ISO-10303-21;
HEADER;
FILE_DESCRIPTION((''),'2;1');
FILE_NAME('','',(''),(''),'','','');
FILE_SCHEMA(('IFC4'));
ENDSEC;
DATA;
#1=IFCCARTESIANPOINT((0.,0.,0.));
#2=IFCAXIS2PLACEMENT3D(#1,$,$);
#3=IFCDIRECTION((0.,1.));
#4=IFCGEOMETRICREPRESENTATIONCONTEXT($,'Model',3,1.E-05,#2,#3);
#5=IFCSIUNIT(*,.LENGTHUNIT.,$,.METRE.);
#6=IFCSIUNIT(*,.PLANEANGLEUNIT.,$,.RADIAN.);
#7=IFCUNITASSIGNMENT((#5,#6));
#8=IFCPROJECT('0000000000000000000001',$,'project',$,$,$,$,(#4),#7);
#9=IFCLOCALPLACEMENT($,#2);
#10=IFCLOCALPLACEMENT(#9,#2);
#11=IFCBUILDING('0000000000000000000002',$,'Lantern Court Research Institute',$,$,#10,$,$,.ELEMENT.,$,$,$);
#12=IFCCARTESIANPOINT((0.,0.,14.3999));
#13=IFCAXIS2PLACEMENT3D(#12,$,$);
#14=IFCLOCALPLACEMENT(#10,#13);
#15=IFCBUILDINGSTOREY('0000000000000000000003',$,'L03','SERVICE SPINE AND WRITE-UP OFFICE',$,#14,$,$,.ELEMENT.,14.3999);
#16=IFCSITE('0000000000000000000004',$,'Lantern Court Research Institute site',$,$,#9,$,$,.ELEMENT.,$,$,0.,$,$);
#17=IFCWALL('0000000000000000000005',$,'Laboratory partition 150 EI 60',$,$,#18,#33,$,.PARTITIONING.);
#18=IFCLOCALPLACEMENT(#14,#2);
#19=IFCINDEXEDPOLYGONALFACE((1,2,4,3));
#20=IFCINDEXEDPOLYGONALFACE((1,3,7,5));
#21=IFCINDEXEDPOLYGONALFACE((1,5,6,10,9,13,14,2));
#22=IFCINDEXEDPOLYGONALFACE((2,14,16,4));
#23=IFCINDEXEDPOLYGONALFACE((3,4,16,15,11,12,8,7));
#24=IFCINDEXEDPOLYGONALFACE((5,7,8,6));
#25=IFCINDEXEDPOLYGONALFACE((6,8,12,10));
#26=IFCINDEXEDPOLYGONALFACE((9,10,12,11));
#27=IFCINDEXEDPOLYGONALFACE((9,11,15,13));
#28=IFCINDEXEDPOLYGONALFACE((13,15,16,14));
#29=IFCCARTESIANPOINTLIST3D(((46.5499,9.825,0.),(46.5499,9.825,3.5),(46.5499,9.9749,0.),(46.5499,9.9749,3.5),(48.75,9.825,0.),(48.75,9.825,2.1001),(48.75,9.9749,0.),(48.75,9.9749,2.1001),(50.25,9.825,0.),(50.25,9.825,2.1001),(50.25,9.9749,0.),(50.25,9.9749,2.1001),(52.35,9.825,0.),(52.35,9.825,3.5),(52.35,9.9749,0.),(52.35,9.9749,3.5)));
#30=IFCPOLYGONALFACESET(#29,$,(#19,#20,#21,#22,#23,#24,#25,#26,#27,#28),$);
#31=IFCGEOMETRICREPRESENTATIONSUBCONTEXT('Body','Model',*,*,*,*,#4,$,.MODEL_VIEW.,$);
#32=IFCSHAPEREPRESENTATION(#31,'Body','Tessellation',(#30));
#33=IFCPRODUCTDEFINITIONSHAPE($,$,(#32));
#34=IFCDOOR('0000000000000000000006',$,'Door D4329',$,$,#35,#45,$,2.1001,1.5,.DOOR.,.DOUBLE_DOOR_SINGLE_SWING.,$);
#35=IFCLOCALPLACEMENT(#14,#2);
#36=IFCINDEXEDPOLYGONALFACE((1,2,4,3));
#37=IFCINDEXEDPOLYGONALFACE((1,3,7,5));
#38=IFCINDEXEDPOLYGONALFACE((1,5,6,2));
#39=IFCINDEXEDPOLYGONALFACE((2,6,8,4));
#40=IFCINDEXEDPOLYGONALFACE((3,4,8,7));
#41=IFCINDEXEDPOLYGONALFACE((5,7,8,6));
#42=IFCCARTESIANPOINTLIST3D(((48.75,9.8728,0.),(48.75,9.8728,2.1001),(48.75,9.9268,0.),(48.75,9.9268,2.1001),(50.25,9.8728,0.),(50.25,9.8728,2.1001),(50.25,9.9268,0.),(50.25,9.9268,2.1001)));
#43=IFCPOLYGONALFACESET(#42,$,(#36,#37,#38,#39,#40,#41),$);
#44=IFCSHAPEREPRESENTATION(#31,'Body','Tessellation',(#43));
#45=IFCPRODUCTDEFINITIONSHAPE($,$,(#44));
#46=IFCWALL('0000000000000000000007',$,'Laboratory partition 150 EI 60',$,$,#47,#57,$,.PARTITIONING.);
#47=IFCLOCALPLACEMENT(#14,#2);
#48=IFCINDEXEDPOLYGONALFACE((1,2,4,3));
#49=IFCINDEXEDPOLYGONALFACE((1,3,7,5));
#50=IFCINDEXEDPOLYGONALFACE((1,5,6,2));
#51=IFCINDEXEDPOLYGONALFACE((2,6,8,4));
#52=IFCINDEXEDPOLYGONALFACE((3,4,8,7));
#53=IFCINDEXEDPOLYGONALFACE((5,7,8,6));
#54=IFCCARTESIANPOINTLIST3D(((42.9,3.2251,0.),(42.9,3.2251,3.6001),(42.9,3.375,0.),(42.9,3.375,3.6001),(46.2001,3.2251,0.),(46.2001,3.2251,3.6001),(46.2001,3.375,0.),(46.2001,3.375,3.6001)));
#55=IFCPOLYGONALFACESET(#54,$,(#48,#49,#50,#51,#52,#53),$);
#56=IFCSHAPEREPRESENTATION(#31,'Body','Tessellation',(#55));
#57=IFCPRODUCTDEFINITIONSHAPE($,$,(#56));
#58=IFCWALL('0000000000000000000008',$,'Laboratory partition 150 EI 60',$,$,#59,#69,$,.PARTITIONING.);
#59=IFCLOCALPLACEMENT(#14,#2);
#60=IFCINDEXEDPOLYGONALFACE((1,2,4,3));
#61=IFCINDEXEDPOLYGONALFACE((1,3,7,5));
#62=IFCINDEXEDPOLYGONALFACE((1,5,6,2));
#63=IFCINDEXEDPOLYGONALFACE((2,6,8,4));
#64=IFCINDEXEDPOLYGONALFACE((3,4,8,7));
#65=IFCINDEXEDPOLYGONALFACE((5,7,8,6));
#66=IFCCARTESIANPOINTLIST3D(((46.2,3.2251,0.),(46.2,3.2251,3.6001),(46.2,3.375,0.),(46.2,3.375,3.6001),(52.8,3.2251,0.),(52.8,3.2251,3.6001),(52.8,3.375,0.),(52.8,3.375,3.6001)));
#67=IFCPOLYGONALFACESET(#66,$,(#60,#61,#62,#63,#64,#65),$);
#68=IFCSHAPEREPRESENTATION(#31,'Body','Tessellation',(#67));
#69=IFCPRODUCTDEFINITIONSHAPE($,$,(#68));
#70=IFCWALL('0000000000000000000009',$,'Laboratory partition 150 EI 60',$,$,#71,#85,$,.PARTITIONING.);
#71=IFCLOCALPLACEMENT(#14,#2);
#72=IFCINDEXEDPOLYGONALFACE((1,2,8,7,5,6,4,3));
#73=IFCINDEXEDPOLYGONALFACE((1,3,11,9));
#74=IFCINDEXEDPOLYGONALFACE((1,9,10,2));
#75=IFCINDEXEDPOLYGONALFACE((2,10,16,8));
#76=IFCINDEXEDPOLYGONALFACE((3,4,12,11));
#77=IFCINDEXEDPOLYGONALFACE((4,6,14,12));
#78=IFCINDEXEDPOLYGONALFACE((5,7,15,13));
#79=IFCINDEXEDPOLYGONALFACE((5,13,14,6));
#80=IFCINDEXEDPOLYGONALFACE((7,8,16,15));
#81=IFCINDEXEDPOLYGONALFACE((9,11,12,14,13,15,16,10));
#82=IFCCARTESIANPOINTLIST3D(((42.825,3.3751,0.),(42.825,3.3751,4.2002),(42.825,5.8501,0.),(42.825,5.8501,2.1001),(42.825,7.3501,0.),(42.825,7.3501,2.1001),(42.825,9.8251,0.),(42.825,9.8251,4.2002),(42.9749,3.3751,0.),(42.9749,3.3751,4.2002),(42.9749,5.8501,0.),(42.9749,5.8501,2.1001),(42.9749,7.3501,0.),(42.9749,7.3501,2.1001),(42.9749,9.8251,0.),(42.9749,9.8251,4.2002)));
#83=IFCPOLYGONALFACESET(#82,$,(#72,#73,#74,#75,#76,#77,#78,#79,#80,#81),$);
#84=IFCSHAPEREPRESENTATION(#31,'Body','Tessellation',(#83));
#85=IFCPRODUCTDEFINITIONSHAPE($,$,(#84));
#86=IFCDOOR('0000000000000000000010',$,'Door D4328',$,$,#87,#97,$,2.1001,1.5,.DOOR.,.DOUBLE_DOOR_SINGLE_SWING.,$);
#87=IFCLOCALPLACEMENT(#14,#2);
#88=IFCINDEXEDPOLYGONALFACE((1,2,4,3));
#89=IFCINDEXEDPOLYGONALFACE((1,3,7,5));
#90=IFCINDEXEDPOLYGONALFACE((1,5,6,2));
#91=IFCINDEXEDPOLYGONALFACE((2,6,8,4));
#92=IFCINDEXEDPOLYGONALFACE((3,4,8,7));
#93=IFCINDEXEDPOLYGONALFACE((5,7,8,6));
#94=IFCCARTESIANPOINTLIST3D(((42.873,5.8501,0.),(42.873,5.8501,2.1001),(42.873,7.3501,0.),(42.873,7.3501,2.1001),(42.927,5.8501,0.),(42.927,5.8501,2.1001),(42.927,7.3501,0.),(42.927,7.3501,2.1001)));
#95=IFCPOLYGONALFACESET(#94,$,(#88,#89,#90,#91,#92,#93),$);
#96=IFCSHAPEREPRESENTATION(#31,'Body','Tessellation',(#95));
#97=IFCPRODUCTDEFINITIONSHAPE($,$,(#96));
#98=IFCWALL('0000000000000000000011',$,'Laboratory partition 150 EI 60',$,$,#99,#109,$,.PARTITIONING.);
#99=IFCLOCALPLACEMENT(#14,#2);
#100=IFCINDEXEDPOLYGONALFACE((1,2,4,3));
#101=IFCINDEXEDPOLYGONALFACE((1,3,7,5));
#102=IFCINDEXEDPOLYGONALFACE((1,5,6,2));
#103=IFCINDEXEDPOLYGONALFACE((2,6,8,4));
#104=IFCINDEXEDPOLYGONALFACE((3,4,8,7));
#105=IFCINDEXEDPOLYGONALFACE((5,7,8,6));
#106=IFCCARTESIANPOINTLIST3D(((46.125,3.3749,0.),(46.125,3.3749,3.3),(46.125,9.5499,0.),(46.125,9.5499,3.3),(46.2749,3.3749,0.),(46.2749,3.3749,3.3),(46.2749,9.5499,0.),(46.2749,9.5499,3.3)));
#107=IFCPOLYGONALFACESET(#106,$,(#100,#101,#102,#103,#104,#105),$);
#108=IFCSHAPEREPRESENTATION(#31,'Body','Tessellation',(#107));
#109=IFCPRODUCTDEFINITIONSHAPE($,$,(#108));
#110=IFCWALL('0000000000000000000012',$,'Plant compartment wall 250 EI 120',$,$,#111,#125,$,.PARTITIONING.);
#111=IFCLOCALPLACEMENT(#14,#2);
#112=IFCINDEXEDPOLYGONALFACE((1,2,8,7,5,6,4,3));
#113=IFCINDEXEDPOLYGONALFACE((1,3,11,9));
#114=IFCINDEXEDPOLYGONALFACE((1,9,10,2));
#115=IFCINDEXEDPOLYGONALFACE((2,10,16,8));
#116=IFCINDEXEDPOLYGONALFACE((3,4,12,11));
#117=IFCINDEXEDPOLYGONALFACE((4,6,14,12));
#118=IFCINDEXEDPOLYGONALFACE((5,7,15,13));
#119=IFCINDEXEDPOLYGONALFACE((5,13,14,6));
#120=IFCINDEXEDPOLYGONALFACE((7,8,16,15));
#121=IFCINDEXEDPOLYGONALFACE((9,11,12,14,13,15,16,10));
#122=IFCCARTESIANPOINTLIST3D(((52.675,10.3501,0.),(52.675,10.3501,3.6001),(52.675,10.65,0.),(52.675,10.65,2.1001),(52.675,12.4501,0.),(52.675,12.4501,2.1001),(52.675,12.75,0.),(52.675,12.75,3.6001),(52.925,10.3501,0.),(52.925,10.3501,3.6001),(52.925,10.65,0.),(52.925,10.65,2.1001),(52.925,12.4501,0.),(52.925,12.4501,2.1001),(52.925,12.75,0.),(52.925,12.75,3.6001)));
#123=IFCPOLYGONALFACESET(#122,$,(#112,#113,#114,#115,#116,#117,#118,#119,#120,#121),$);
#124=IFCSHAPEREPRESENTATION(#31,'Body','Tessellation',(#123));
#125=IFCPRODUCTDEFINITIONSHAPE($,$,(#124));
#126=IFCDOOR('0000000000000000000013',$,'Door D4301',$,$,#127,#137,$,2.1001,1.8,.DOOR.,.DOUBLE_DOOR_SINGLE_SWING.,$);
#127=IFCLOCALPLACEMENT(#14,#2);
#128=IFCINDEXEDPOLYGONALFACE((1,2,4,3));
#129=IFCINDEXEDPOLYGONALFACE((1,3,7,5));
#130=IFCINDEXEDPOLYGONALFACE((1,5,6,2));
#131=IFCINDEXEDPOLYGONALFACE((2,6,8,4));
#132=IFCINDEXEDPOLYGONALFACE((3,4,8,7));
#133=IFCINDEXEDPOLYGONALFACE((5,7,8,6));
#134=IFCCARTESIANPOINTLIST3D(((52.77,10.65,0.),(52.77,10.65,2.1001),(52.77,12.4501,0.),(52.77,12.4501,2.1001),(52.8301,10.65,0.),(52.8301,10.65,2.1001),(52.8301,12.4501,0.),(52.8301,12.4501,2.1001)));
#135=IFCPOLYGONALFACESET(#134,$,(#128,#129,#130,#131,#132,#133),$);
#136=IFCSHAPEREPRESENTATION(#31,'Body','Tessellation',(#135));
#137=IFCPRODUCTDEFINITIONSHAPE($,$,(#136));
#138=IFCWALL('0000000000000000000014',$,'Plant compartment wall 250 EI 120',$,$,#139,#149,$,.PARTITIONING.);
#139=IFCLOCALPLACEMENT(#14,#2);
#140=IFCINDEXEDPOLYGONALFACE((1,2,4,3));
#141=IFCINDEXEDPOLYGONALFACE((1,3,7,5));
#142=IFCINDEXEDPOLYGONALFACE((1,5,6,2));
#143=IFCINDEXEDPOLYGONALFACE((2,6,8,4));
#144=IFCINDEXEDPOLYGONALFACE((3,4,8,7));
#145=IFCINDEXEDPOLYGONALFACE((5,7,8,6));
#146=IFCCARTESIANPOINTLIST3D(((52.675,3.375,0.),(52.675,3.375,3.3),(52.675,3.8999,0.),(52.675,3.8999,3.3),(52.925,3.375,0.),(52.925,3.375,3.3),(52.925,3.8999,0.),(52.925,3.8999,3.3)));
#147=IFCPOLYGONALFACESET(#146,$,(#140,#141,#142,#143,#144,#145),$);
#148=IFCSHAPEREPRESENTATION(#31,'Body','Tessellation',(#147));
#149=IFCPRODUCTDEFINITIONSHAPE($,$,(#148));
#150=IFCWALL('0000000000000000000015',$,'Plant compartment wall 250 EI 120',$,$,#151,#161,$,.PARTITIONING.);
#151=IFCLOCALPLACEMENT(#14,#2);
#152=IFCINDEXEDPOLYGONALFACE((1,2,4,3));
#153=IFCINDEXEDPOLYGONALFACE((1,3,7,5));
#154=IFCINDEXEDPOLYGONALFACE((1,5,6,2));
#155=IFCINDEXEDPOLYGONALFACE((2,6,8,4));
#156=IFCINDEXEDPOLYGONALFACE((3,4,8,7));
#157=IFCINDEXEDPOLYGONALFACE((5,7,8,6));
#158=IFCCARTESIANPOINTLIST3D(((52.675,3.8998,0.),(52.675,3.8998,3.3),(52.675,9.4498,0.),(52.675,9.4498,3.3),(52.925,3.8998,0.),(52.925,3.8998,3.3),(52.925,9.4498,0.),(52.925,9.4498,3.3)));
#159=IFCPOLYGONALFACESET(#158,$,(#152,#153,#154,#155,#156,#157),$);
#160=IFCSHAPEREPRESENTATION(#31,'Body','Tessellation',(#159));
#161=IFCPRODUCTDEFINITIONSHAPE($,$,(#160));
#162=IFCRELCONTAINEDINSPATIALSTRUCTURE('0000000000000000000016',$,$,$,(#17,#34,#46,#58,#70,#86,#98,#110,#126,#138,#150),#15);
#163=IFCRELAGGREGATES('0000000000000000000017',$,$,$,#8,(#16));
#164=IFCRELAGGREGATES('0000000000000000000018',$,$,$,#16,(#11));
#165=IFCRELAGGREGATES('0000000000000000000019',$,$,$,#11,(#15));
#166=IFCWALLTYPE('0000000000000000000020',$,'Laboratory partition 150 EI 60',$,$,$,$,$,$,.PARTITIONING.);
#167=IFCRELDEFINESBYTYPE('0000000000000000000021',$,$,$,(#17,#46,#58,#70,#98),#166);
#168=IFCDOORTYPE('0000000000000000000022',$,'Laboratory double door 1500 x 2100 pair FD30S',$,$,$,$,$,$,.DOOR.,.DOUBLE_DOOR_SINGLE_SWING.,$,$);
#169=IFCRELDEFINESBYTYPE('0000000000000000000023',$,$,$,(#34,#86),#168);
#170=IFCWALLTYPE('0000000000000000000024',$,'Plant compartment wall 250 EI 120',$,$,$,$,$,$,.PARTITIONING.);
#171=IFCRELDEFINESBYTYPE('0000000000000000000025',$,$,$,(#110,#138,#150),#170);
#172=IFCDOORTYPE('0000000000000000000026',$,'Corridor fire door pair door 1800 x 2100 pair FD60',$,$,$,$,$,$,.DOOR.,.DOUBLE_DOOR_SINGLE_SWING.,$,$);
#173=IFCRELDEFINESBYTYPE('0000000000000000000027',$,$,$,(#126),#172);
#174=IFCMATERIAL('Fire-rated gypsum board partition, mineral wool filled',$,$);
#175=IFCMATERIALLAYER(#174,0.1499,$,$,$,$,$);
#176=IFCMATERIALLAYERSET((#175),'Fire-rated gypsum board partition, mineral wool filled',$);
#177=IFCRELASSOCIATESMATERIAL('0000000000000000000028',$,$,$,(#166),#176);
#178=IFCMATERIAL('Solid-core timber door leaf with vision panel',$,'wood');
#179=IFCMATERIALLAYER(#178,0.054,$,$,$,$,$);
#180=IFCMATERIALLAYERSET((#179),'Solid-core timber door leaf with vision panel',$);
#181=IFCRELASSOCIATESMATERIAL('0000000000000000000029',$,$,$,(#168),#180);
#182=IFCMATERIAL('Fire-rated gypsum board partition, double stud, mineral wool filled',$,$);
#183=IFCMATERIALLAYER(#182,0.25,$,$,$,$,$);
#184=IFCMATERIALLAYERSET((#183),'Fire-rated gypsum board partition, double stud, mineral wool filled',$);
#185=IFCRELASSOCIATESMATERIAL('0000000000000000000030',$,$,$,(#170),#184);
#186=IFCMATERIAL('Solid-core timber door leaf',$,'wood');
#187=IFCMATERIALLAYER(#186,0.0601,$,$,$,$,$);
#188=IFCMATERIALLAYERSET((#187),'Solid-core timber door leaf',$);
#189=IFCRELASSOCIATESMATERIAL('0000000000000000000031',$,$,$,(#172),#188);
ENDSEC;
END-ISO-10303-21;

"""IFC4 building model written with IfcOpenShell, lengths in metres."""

from ifc_helpers import new_model, si_unit, direction, frame, frame_2d, origin, place, context, subcontext, project, spatial, rectangle, extrude, material, layer, layer_set, type_object, element, fill, save


model = new_model("IFC4")

# Units and contexts
model_context = context("Model", 3, precision=1e-05, world=origin(), true_north=direction((0.0, 1.0)))
body_context = subcontext(model_context, "Body", "Model", "MODEL_VIEW")
ifc_project = project(units=[si_unit("LENGTHUNIT", "METRE"), si_unit("PLANEANGLEUNIT", "RADIAN")], contexts=[model_context])

# Site, building, storey
site_placement = place(None, origin())
site = spatial("IfcSite", under=ifc_project, at=site_placement, Name="Lantern Court Research Institute site", CompositionType="ELEMENT", RefElevation=0.0)
building_placement = place(site_placement, origin())
building = spatial("IfcBuilding", under=site, at=building_placement, Name="Lantern Court Research Institute", CompositionType="ELEMENT")
storey_placement = place(building_placement, frame((0.0, 0.0, 14.3999)))
storey = spatial("IfcBuildingStorey", under=building, at=storey_placement, Name="L03", Description="SERVICE SPINE AND WRITE-UP OFFICE", CompositionType="ELEMENT", Elevation=14.3999)

# Shared definitions
ifc_material_1 = material(Name="Fire-rated gypsum board partition, mineral wool filled")
ifc_layer_1 = layer(ifc_material_1, 0.1499)
ifc_layer_set_1 = layer_set([ifc_layer_1], Name="Fire-rated gypsum board partition, mineral wool filled")
wall_type_1 = type_object("IfcWallType", Name="Laboratory partition 150 EI 60", PredefinedType="PARTITIONING", material=ifc_layer_set_1)

# Wall, opening, door
wall_1_placement = place(storey_placement, frame((46.55, 9.8999, 0.0), z_axis=(0.0, 0.0, 1.0), x_axis=(1.0, 0.0, 0.0)))
wall_1 = element("IfcWall", 1, at=wall_1_placement, inside=storey, type_object=wall_type_1, Name="Laboratory partition 150 EI 60", PredefinedType="PARTITIONING", context=body_context, shape_type="SweptSolid", body=[
    extrude(rectangle(XDim=5.8, YDim=0.1499, at=frame_2d((2.8999, 0.0))), origin(), (0.0, 0.0, 1.0), 3.5),
])
opening_1_placement = place(wall_1_placement, frame((2.2, 0.0, 0.0)))
opening_1 = element("IfcOpeningElement", 2, at=opening_1_placement, cuts=wall_1, PredefinedType="OPENING", context=body_context, shape_type="SweptSolid", body=[
    extrude(rectangle(XDim=1.5, YDim=2.1001, at=frame_2d((0.75, 1.05))), frame((0.0, 0.085, 0.0), z_axis=(0.0, -1.0, 0.0), x_axis=(1.0, 0.0, 0.0)), (0.0, 0.0, 1.0), 0.1699),
])
ifc_material_2 = material(Name="Solid-core timber door leaf with vision panel", Category="wood")
ifc_layer_2 = layer(ifc_material_2, 0.054)
ifc_layer_set_2 = layer_set([ifc_layer_2], Name="Solid-core timber door leaf with vision panel")
door_type_1 = type_object("IfcDoorType", Name="Laboratory double door 1500 x 2100 pair FD30S", OperationType="DOUBLE_DOOR_SINGLE_SWING", PredefinedType="DOOR", material=ifc_layer_set_2)
door_1_placement = place(opening_1_placement, origin())
door_1 = element("IfcDoor", 3, at=door_1_placement, inside=storey, type_object=door_type_1, Name="Door D4329", OperationType="DOUBLE_DOOR_SINGLE_SWING", OverallHeight=2.1001, OverallWidth=1.5, PredefinedType="DOOR", context=body_context, shape_type="SweptSolid", body=[
    extrude(rectangle(XDim=1.5, YDim=2.1001, at=frame_2d((0.75, 1.05))), frame((0.0, 0.0269, 0.0), z_axis=(0.0, -1.0, 0.0), x_axis=(1.0, 0.0, 0.0)), (0.0, 0.0, 1.0), 0.054),
])
fill(opening_1, door_1)

# Walls
wall_2_placement = place(storey_placement, frame((46.2, 3.3, 0.0), z_axis=(0.0, 0.0, 1.0), x_axis=(-1.0, 0.0, 0.0)))
element("IfcWall", 4, at=wall_2_placement, inside=storey, type_object=wall_type_1, Name="Laboratory partition 150 EI 60", PredefinedType="PARTITIONING", context=body_context, shape_type="SweptSolid", body=[
    extrude(rectangle(XDim=3.3, YDim=0.1499, at=frame_2d((1.6499, 0.0))), origin(), (0.0, 0.0, 1.0), 3.6001),
])
wall_3_placement = place(storey_placement, frame((52.8, 3.3, 0.0), z_axis=(0.0, 0.0, 1.0), x_axis=(-1.0, 0.0, 0.0)))
element("IfcWall", 5, at=wall_3_placement, inside=storey, type_object=wall_type_1, Name="Laboratory partition 150 EI 60", PredefinedType="PARTITIONING", context=body_context, shape_type="SweptSolid", body=[
    extrude(rectangle(XDim=6.6001, YDim=0.1499, at=frame_2d((3.3, 0.0))), origin(), (0.0, 0.0, 1.0), 3.6001),
])

# Wall, opening, door
wall_4_placement = place(storey_placement, frame((42.8999, 3.375, 0.0), z_axis=(0.0, 0.0, 1.0), x_axis=(0.0, 1.0, 0.0)))
wall_4 = element("IfcWall", 6, at=wall_4_placement, inside=storey, type_object=wall_type_1, Name="Laboratory partition 150 EI 60", PredefinedType="PARTITIONING", context=body_context, shape_type="SweptSolid", body=[
    extrude(rectangle(XDim=6.45, YDim=0.1499, at=frame_2d((3.2251, 0.0))), origin(), (0.0, 0.0, 1.0), 4.2002),
])
opening_2_placement = place(wall_4_placement, frame((2.4751, 0.0, 0.0)))
opening_2 = element("IfcOpeningElement", 7, at=opening_2_placement, cuts=wall_4, PredefinedType="OPENING", context=body_context, shape_type="SweptSolid", body=[
    extrude(rectangle(XDim=1.5, YDim=2.1001, at=frame_2d((0.75, 1.05))), frame((0.0, 0.085, 0.0), z_axis=(0.0, -1.0, 0.0), x_axis=(1.0, 0.0, 0.0)), (0.0, 0.0, 1.0), 0.1699),
])
door_2_placement = place(opening_2_placement, origin())
door_2 = element("IfcDoor", 8, at=door_2_placement, inside=storey, type_object=door_type_1, Name="Door D4328", OperationType="DOUBLE_DOOR_SINGLE_SWING", OverallHeight=2.1001, OverallWidth=1.5, PredefinedType="DOOR", context=body_context, shape_type="SweptSolid", body=[
    extrude(rectangle(XDim=1.5, YDim=2.1001, at=frame_2d((0.75, 1.05))), frame((0.0, 0.0269, 0.0), z_axis=(0.0, -1.0, 0.0), x_axis=(1.0, 0.0, 0.0)), (0.0, 0.0, 1.0), 0.054),
])
fill(opening_2, door_2)

# Wall
wall_5_placement = place(storey_placement, frame((46.2, 3.375, 0.0), z_axis=(0.0, 0.0, 1.0), x_axis=(0.0, 1.0, 0.0)))
element("IfcWall", 9, at=wall_5_placement, inside=storey, type_object=wall_type_1, Name="Laboratory partition 150 EI 60", PredefinedType="PARTITIONING", context=body_context, shape_type="SweptSolid", body=[
    extrude(rectangle(XDim=6.175, YDim=0.1499, at=frame_2d((3.0874, 0.0))), origin(), (0.0, 0.0, 1.0), 3.3),
])

# Wall, opening, door
ifc_material_3 = material(Name="Fire-rated gypsum board partition, double stud, mineral wool filled")
ifc_layer_3 = layer(ifc_material_3, 0.25)
ifc_layer_set_3 = layer_set([ifc_layer_3], Name="Fire-rated gypsum board partition, double stud, mineral wool filled")
wall_type_2 = type_object("IfcWallType", Name="Plant compartment wall 250 EI 120", PredefinedType="PARTITIONING", material=ifc_layer_set_3)
wall_6_placement = place(storey_placement, frame((52.8, 10.3501, 0.0), z_axis=(0.0, 0.0, 1.0), x_axis=(0.0, 1.0, 0.0)))
wall_6 = element("IfcWall", 10, at=wall_6_placement, inside=storey, type_object=wall_type_2, Name="Plant compartment wall 250 EI 120", PredefinedType="PARTITIONING", context=body_context, shape_type="SweptSolid", body=[
    extrude(rectangle(XDim=2.3999, YDim=0.25, at=frame_2d((1.2, 0.0))), origin(), (0.0, 0.0, 1.0), 3.6001),
])
opening_3_placement = place(wall_6_placement, frame((0.3, 0.0, 0.0)))
opening_3 = element("IfcOpeningElement", 11, at=opening_3_placement, cuts=wall_6, PredefinedType="OPENING", context=body_context, shape_type="SweptSolid", body=[
    extrude(rectangle(XDim=1.8, YDim=2.1001, at=frame_2d((0.8999, 1.05))), frame((0.0, 0.135, 0.0), z_axis=(0.0, -1.0, 0.0), x_axis=(1.0, 0.0, 0.0)), (0.0, 0.0, 1.0), 0.27),
])
ifc_material_4 = material(Name="Solid-core timber door leaf", Category="wood")
ifc_layer_4 = layer(ifc_material_4, 0.0601)
ifc_layer_set_4 = layer_set([ifc_layer_4], Name="Solid-core timber door leaf")
door_type_2 = type_object("IfcDoorType", Name="Corridor fire door pair door 1800 x 2100 pair FD60", OperationType="DOUBLE_DOOR_SINGLE_SWING", PredefinedType="DOOR", material=ifc_layer_set_4)
door_3_placement = place(opening_3_placement, origin())
door_3 = element("IfcDoor", 12, at=door_3_placement, inside=storey, type_object=door_type_2, Name="Door D4301", OperationType="DOUBLE_DOOR_SINGLE_SWING", OverallHeight=2.1001, OverallWidth=1.8, PredefinedType="DOOR", context=body_context, shape_type="SweptSolid", body=[
    extrude(rectangle(XDim=1.8, YDim=2.1001, at=frame_2d((0.8999, 1.05))), frame((0.0, 0.03, 0.0), z_axis=(0.0, -1.0, 0.0), x_axis=(1.0, 0.0, 0.0)), (0.0, 0.0, 1.0), 0.0601),
])
fill(opening_3, door_3)

# Walls
wall_7_placement = place(storey_placement, frame((52.8, 3.375, 0.0), z_axis=(0.0, 0.0, 1.0), x_axis=(0.0, 1.0, 0.0)))
element("IfcWall", 13, at=wall_7_placement, inside=storey, type_object=wall_type_2, Name="Plant compartment wall 250 EI 120", PredefinedType="PARTITIONING", context=body_context, shape_type="SweptSolid", body=[
    extrude(rectangle(XDim=0.5249, YDim=0.25, at=frame_2d((0.2625, 0.0))), origin(), (0.0, 0.0, 1.0), 3.3),
])
wall_8_placement = place(storey_placement, frame((52.8, 3.8999, 0.0), z_axis=(0.0, 0.0, 1.0), x_axis=(0.0, 1.0, 0.0)))
element("IfcWall", 14, at=wall_8_placement, inside=storey, type_object=wall_type_2, Name="Plant compartment wall 250 EI 120", PredefinedType="PARTITIONING", context=body_context, shape_type="SweptSolid", body=[
    extrude(rectangle(XDim=5.55, YDim=0.25, at=frame_2d((2.7749, 0.0))), origin(), (0.0, 0.0, 1.0), 3.3),
])

save(model, "model.ifc")
